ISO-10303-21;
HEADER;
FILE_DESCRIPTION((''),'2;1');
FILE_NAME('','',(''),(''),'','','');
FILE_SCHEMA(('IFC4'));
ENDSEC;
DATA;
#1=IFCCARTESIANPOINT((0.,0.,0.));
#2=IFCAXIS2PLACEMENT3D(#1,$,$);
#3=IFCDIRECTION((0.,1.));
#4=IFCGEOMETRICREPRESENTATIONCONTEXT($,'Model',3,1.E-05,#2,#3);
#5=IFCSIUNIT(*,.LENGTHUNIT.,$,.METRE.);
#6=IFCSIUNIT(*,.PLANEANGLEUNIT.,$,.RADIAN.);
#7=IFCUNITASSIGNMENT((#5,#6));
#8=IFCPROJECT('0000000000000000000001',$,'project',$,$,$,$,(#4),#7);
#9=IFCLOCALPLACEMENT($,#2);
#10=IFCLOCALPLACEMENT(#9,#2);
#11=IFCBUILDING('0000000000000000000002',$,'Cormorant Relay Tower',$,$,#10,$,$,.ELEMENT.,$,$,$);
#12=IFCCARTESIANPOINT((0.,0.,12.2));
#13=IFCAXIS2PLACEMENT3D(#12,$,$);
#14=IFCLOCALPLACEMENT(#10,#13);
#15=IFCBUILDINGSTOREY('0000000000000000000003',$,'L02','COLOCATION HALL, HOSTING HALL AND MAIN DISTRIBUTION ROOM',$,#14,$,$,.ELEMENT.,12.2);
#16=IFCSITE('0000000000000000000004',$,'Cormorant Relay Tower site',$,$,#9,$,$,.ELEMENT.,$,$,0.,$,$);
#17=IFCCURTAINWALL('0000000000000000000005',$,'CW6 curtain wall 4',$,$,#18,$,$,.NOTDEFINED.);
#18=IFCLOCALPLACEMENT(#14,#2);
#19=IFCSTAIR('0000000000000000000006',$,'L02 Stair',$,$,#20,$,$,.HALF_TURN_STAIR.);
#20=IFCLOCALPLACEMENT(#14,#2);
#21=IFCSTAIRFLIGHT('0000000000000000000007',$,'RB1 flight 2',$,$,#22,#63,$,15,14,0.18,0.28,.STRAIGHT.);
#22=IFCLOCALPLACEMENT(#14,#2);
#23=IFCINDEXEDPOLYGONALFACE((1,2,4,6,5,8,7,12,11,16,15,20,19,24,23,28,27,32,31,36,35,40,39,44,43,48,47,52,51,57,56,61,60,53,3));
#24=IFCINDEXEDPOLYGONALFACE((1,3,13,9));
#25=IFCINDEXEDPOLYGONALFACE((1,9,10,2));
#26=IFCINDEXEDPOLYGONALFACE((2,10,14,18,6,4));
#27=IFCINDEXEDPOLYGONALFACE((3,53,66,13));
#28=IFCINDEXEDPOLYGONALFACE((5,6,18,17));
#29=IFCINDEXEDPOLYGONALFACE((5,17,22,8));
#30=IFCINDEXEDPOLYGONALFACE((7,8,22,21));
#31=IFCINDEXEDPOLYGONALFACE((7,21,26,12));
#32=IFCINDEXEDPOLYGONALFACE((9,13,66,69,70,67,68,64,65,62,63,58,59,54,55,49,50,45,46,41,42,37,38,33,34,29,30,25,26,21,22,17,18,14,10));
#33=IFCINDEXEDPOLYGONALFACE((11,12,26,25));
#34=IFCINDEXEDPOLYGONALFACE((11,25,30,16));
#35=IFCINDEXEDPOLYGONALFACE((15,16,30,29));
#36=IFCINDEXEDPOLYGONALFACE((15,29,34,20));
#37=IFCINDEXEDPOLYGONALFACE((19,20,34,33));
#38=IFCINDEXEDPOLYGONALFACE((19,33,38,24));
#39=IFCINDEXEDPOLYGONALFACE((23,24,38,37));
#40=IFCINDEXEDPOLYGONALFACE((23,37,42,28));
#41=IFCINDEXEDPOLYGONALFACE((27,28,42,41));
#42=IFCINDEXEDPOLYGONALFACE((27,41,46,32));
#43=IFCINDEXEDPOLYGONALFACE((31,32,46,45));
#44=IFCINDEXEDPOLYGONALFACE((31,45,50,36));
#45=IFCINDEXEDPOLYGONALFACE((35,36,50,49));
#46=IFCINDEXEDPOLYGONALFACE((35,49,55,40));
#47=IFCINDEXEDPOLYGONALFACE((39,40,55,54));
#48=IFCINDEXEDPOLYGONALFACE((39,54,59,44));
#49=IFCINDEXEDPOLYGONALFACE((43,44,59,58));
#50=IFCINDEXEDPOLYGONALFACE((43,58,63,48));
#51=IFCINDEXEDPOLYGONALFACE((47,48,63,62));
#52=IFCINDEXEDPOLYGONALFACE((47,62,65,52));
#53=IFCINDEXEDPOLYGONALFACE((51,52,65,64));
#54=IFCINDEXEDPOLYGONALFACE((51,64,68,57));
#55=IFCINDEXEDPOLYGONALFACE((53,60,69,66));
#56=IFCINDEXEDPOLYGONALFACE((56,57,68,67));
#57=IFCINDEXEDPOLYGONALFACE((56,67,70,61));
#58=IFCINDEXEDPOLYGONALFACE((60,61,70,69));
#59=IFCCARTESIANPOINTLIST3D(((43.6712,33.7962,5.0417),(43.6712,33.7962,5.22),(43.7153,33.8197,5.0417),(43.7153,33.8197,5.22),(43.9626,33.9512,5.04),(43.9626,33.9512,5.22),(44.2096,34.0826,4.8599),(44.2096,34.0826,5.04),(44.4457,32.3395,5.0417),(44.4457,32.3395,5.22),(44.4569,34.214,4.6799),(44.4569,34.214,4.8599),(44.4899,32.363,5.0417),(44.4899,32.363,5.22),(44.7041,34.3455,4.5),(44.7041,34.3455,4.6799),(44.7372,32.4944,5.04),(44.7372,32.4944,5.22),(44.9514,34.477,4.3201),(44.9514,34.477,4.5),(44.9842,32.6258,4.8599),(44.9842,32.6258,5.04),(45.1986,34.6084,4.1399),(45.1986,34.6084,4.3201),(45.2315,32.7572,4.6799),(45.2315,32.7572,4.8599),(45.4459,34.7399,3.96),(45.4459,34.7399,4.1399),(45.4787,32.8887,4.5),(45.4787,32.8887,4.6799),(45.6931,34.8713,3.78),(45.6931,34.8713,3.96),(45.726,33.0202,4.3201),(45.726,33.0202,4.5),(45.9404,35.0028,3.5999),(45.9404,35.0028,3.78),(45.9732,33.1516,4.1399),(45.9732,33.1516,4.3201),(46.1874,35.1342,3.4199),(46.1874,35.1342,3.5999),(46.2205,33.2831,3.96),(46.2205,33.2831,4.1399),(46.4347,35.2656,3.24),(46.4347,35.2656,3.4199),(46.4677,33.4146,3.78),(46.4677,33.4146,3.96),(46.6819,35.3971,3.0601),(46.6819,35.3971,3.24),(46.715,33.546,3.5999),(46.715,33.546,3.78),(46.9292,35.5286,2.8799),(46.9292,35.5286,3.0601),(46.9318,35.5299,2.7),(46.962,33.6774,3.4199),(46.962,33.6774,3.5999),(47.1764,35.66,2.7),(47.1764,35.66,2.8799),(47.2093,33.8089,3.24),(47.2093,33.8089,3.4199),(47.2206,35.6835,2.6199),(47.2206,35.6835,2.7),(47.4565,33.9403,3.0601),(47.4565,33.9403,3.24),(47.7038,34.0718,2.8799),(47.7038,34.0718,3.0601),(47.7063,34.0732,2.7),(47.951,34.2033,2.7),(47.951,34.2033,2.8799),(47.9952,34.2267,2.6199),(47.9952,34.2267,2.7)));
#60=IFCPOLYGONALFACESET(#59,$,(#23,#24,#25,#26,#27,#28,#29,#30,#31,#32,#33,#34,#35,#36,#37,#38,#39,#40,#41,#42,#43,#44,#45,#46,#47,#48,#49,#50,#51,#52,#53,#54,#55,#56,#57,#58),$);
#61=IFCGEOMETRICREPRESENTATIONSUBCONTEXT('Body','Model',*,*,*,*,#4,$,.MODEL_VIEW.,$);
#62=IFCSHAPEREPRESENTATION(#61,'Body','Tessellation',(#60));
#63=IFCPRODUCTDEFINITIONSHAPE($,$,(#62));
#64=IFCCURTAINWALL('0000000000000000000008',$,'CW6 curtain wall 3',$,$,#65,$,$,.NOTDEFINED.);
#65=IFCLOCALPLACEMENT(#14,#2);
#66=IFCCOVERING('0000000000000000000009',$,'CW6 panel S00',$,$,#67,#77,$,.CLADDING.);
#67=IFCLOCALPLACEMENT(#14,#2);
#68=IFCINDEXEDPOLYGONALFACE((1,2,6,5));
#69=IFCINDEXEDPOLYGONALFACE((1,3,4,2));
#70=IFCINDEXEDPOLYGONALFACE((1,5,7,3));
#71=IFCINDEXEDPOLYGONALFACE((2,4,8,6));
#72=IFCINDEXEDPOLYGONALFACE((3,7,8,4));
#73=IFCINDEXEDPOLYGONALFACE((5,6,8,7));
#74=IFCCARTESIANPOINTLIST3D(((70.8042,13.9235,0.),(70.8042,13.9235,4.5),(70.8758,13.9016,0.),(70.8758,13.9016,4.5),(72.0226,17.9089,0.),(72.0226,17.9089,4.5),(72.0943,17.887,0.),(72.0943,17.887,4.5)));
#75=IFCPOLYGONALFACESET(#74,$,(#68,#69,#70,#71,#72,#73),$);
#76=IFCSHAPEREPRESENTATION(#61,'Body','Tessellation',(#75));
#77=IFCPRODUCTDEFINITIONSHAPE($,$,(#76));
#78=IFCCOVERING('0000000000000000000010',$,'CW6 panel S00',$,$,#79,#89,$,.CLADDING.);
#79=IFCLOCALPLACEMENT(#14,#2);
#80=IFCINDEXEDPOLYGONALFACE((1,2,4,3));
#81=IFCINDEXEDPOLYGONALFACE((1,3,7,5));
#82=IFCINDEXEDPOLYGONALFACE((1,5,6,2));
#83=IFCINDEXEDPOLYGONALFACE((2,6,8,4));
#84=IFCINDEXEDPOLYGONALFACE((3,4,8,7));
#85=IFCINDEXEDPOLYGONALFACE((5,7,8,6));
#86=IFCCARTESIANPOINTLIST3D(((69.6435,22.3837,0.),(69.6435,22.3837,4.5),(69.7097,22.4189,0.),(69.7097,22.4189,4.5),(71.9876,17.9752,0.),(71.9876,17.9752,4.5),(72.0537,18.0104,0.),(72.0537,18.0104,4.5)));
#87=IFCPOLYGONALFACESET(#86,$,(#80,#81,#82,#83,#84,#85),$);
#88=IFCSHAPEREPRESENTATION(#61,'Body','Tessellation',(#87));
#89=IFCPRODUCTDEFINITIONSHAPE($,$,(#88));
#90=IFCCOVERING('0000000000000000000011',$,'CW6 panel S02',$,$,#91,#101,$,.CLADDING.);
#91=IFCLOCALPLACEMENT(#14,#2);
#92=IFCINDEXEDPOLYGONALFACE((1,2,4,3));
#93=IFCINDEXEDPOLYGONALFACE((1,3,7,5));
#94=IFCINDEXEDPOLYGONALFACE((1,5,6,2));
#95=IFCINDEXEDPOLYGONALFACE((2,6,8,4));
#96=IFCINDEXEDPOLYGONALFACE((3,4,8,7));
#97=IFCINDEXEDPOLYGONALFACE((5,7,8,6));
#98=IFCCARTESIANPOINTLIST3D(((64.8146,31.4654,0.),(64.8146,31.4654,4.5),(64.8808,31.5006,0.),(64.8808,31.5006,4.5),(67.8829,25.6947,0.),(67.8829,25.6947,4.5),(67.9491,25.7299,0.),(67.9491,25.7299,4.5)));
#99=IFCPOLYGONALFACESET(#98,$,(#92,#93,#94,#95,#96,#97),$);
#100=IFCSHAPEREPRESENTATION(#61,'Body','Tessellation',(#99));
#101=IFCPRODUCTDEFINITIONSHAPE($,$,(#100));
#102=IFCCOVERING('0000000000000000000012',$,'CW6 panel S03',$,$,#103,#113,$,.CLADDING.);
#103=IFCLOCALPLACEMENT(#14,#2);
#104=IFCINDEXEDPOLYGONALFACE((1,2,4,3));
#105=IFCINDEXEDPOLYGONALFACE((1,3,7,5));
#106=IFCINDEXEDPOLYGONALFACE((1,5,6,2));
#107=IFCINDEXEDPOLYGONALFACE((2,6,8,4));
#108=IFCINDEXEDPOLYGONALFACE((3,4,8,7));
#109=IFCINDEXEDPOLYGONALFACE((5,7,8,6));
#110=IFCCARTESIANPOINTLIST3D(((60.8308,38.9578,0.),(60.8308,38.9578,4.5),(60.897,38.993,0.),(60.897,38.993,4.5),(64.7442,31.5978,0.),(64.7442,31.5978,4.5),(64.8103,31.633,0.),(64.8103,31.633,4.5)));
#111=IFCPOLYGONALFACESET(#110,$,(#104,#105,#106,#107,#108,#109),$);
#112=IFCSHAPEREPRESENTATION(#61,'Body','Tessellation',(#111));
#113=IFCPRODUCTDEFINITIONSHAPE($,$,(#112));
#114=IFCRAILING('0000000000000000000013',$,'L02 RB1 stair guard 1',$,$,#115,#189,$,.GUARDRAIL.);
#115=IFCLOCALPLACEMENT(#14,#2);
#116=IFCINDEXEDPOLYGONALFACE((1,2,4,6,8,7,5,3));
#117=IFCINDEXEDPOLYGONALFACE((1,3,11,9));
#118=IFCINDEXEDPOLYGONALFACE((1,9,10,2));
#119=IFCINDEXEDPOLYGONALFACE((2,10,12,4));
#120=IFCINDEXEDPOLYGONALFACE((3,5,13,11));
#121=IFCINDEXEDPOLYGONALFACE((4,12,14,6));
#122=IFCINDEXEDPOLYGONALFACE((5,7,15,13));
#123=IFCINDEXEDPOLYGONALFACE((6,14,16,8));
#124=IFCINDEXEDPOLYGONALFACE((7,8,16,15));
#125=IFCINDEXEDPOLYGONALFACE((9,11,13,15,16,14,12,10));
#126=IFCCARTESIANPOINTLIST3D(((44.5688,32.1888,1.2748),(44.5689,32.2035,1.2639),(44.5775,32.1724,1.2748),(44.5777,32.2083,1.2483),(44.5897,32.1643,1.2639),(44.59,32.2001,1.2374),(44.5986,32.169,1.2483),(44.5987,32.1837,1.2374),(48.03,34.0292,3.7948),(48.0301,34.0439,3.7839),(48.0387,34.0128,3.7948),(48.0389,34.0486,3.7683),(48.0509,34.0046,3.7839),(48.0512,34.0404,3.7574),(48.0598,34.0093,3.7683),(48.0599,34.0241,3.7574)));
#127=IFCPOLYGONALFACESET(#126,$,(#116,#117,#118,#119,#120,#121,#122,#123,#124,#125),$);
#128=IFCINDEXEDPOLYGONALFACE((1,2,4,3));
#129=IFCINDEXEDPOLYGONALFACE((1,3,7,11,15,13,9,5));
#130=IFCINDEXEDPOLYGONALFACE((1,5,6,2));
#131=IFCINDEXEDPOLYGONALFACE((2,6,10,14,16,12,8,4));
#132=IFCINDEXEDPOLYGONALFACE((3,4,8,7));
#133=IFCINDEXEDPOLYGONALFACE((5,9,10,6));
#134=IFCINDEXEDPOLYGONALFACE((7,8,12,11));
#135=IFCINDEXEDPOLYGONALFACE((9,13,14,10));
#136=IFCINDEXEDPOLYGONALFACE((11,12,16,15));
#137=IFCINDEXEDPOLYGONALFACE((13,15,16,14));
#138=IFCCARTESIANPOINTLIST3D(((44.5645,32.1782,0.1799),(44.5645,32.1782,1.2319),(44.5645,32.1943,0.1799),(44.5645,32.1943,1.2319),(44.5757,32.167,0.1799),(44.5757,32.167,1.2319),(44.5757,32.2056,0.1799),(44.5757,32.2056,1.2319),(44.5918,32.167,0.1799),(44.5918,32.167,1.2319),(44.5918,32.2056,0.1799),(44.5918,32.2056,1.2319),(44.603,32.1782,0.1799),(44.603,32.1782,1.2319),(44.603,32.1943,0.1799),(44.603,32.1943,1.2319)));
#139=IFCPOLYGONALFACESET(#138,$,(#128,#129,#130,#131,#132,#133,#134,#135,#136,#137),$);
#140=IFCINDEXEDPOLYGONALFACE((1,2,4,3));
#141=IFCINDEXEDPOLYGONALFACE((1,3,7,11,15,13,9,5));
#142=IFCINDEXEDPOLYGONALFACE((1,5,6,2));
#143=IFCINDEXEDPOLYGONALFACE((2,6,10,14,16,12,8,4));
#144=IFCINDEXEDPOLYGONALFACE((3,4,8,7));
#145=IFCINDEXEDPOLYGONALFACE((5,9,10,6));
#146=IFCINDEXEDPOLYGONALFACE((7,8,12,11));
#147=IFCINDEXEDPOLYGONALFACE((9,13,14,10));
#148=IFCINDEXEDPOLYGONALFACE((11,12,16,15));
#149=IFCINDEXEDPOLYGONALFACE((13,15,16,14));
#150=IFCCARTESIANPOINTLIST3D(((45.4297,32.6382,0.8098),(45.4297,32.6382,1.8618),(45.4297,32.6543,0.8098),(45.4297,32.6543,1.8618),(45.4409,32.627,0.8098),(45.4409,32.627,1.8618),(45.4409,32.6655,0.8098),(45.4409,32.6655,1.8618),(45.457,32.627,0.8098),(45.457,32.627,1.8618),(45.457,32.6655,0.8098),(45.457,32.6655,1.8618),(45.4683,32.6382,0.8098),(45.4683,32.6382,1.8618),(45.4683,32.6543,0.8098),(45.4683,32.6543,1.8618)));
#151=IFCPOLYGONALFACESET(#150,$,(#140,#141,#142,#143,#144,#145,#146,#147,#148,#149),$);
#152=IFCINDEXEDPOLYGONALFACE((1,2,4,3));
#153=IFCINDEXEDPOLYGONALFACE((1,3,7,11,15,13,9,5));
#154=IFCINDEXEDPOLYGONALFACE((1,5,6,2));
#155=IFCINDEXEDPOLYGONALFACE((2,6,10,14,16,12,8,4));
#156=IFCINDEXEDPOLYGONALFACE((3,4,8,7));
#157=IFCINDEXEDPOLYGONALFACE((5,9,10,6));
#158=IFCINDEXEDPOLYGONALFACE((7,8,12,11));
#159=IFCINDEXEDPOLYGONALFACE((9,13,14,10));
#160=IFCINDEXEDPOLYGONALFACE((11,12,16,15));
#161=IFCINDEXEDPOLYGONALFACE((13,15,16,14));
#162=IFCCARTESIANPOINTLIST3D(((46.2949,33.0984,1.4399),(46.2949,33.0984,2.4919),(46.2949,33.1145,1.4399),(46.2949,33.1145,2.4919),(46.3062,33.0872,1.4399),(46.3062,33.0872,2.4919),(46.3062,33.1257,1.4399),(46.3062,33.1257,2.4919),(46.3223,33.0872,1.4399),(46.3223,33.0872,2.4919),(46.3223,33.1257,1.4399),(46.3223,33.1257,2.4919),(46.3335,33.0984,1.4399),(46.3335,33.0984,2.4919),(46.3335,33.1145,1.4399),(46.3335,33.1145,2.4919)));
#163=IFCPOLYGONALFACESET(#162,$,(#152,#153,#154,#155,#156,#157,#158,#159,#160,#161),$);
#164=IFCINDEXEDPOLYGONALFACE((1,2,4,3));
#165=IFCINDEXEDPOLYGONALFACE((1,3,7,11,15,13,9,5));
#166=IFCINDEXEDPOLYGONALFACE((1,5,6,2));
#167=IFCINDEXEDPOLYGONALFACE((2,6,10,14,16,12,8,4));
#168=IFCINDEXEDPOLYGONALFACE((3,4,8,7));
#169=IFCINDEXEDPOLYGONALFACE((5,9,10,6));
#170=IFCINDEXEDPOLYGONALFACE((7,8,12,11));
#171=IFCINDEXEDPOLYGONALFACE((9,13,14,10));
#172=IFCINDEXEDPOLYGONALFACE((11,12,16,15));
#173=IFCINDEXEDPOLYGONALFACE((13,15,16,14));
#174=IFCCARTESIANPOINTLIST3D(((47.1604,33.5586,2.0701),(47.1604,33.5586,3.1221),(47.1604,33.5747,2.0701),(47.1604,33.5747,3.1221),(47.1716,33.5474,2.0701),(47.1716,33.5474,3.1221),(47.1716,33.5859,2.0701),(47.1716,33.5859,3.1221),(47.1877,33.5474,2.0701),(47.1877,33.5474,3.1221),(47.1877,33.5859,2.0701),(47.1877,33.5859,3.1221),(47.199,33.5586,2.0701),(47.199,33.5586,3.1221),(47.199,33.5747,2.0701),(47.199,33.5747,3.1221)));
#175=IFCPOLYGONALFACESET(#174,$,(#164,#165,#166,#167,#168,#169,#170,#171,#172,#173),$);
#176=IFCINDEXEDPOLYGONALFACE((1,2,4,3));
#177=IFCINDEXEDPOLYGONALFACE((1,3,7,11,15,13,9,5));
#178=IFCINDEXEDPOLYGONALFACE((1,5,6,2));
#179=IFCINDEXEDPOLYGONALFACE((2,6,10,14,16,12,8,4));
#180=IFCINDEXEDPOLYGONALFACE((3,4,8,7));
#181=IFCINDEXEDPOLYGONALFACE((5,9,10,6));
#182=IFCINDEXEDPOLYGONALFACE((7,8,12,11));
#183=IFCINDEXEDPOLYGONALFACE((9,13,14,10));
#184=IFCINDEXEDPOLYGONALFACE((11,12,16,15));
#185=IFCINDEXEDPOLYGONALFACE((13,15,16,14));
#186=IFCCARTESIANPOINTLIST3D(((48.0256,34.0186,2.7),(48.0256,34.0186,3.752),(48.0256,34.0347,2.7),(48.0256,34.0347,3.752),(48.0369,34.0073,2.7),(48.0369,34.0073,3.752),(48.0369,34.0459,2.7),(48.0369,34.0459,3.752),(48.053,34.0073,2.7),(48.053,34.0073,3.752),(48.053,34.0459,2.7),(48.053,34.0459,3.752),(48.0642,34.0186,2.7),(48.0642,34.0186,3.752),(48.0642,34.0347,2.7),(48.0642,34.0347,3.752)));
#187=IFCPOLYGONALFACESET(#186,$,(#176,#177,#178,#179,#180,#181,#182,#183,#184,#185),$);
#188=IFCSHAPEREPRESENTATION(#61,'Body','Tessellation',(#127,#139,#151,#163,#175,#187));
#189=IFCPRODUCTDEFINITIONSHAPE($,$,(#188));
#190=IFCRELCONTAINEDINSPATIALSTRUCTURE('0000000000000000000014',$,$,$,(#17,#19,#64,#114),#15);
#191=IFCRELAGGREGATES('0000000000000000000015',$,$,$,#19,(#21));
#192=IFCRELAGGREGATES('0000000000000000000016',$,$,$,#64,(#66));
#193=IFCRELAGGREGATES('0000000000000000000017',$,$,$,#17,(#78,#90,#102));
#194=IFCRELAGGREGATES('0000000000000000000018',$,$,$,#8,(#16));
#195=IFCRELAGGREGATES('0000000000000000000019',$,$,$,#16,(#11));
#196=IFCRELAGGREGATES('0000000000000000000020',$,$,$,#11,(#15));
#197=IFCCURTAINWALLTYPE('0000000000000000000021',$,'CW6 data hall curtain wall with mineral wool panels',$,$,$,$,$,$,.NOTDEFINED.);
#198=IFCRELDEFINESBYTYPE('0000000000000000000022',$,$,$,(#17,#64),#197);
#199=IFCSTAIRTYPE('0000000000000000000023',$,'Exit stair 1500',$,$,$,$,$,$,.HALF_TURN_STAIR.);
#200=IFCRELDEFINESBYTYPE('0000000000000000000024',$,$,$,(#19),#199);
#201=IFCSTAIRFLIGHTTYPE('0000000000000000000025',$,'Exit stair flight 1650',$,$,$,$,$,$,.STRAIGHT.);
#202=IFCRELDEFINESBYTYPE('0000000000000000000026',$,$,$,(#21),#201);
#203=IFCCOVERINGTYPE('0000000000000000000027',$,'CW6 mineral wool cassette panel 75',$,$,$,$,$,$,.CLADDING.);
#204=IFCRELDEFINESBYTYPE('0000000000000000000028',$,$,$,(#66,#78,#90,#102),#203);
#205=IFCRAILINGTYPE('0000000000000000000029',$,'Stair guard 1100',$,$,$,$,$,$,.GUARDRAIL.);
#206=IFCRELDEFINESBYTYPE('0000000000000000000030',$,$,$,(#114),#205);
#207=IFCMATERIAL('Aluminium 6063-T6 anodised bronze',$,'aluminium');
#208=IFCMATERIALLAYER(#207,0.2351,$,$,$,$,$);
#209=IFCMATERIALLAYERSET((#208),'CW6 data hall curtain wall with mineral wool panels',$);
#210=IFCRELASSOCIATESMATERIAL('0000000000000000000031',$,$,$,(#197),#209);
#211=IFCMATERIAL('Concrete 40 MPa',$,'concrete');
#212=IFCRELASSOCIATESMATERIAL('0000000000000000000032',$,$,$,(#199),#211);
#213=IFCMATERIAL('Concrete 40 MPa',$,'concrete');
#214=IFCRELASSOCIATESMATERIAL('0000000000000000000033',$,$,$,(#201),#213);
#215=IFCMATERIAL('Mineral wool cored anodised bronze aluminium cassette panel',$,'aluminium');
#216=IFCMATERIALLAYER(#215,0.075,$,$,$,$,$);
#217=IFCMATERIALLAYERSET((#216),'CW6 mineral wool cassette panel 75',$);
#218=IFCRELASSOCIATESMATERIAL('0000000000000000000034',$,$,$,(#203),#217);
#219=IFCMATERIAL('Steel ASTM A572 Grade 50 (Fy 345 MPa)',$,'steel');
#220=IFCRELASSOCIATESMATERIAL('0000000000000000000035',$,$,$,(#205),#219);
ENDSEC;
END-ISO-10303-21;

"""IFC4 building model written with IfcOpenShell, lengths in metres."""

from ifc_helpers import new_model, si_unit, direction, frame, origin, origin_2d, place, context, subcontext, project, spatial, polyline, rectangle, outline, extrude, material, layer, layer_set, type_object, element, aggregate, save


model = new_model("IFC4")

# Units and contexts
model_context = context("Model", 3, precision=1e-05, world=origin(), true_north=direction((0.0, 1.0)))
body_context = subcontext(model_context, "Body", "Model", "MODEL_VIEW")
ifc_project = project(units=[si_unit("LENGTHUNIT", "METRE"), si_unit("PLANEANGLEUNIT", "RADIAN")], contexts=[model_context])

# Site, building, storey
site_placement = place(None, origin())
site = spatial("IfcSite", under=ifc_project, at=site_placement, Name="Cormorant Relay Tower site", CompositionType="ELEMENT", RefElevation=0.0)
building_placement = place(site_placement, origin())
building = spatial("IfcBuilding", under=site, at=building_placement, Name="Cormorant Relay Tower", CompositionType="ELEMENT")
storey_placement = place(building_placement, frame((0.0, 0.0, 12.2)))
storey = spatial("IfcBuildingStorey", under=building, at=storey_placement, Name="L02", Description="COLOCATION HALL, HOSTING HALL AND MAIN DISTRIBUTION ROOM", CompositionType="ELEMENT", Elevation=12.2)

# Curtain wall
ifc_material_1 = material(Name="Aluminium 6063-T6 anodised bronze", Category="aluminium")
ifc_layer_1 = layer(ifc_material_1, 0.2351)
ifc_layer_set_1 = layer_set([ifc_layer_1], Name="CW6 data hall curtain wall with mineral wool panels")
curtain_wall_type = type_object("IfcCurtainWallType", Name="CW6 data hall curtain wall with mineral wool panels", PredefinedType="NOTDEFINED", material=ifc_layer_set_1)
curtain_wall_1_placement = place(storey_placement, origin())
curtain_wall_1 = element("IfcCurtainWall", 1, at=curtain_wall_1_placement, inside=storey, type_object=curtain_wall_type, Name="CW6 curtain wall 4", PredefinedType="NOTDEFINED")

# Stair, stair flight
ifc_material_2 = material(Name="Concrete 40 MPa", Category="concrete")
stair_type = type_object("IfcStairType", Name="Exit stair 1500", PredefinedType="HALF_TURN_STAIR", material=ifc_material_2)
stair_placement = place(storey_placement, origin())
stair = element("IfcStair", 2, at=stair_placement, inside=storey, type_object=stair_type, Name="L02 Stair", PredefinedType="HALF_TURN_STAIR")
ifc_material_3 = material(Name="Concrete 40 MPa", Category="concrete")
stair_flight_type = type_object("IfcStairFlightType", Name="Exit stair flight 1650", PredefinedType="STRAIGHT", material=ifc_material_3)
stair_flight_1_placement = place(storey_placement, frame((47.5637, 34.9316, 2.7), z_axis=(0.0, 0.0, 1.0), x_axis=(-0.882948, -0.469472, 0.0)))
stair_flight_1 = element("IfcStairFlight", 3, at=stair_flight_1_placement, type_object=stair_flight_type, Name="RB1 flight 2", NumberOfRisers=15, NumberOfTreads=14, PredefinedType="STRAIGHT", RiserHeight=0.18, TreadLength=0.28, context=body_context, shape_type="SweptSolid", body=[
    extrude(outline(polyline([(-0.05, -0.0801), (-0.05, 0.0), (0.0, 0.0), (0.0, 0.1799), (0.28, 0.1799), (0.28, 0.3601), (0.5601, 0.3601), (0.5601, 0.54), (0.8401, 0.54), (0.8401, 0.72), (1.1201, 0.72), (1.1201, 0.8999), (1.3999, 0.8999), (1.3999, 1.0801), (1.6799, 1.0801), (1.6799, 1.26), (1.96, 1.26), (1.96, 1.4399), (2.24, 1.4399), (2.24, 1.6201), (2.52, 1.6201), (2.52, 1.8), (2.8, 1.8), (2.8, 1.98), (3.0801, 1.98), (3.0801, 2.1599), (3.3601, 2.1599), (3.3601, 2.3401), (3.6399, 2.3401), (3.6399, 2.52), (3.9199, 2.52), (3.97, 2.52), (3.97, 2.3418), (3.9199, 2.3418), (0.2771, 0.0), (-0.05, -0.0801)])), frame((0.0, 0.825, 0.0), z_axis=(0.0, -1.0, 0.0), x_axis=(1.0, 0.0, 0.0)), (0.0, 0.0, 1.0), 1.6499),
])
aggregate(stair, [stair_flight_1])

# Curtain wall, covering
curtain_wall_2_placement = place(storey_placement, origin())
curtain_wall_2 = element("IfcCurtainWall", 4, at=curtain_wall_2_placement, inside=storey, type_object=curtain_wall_type, Name="CW6 curtain wall 3", PredefinedType="NOTDEFINED")
ifc_material_4 = material(Name="Mineral wool cored anodised bronze aluminium cassette panel", Category="aluminium")
ifc_layer_2 = layer(ifc_material_4, 0.075)
ifc_layer_set_2 = layer_set([ifc_layer_2], Name="CW6 mineral wool cassette panel 75")
covering_type = type_object("IfcCoveringType", Name="CW6 mineral wool cassette panel 75", PredefinedType="CLADDING", material=ifc_layer_set_2)
covering_1_placement = place(storey_placement, frame((71.4492, 15.9053, 0.0), z_axis=(0.0, 0.0, 1.0), x_axis=(0.292372, 0.956305, 0.0)))
covering_1 = element("IfcCovering", 5, at=covering_1_placement, type_object=covering_type, Name="CW6 panel S00", PredefinedType="CLADDING", context=body_context, shape_type="SweptSolid", body=[
    extrude(rectangle(XDim=4.1675, YDim=0.075, at=origin_2d()), origin(), (0.0, 0.0, 1.0), 4.5),
])
aggregate(curtain_wall_2, [covering_1])

# Coverings
covering_2_placement = place(storey_placement, frame((70.8486, 20.197, 0.0), z_axis=(0.0, 0.0, 1.0), x_axis=(-0.469472, 0.882948, 0.0)))
covering_2 = element("IfcCovering", 6, at=covering_2_placement, type_object=covering_type, Name="CW6 panel S00", PredefinedType="CLADDING", context=body_context, shape_type="SweptSolid", body=[
    extrude(rectangle(XDim=4.9929, YDim=0.075, at=origin_2d()), origin(), (0.0, 0.0, 1.0), 4.5),
])
covering_3_placement = place(storey_placement, frame((66.3818, 28.5977, 0.0), z_axis=(0.0, 0.0, 1.0), x_axis=(-0.469472, 0.882948, 0.0)))
covering_3 = element("IfcCovering", 7, at=covering_3_placement, type_object=covering_type, Name="CW6 panel S02", PredefinedType="CLADDING", context=body_context, shape_type="SweptSolid", body=[
    extrude(rectangle(XDim=6.5356, YDim=0.075, at=origin_2d()), origin(), (0.0, 0.0, 1.0), 4.5),
])
covering_4_placement = place(storey_placement, frame((62.8206, 35.2954, 0.0), z_axis=(0.0, 0.0, 1.0), x_axis=(-0.469472, 0.882948, 0.0)))
covering_4 = element("IfcCovering", 8, at=covering_4_placement, type_object=covering_type, Name="CW6 panel S03", PredefinedType="CLADDING", context=body_context, shape_type="SweptSolid", body=[
    extrude(rectangle(XDim=8.3357, YDim=0.075, at=origin_2d()), origin(), (0.0, 0.0, 1.0), 4.5),
])
aggregate(curtain_wall_1, [covering_2, covering_3, covering_4])

# Railing
ifc_material_5 = material(Name="Steel ASTM A572 Grade 50 (Fy 345 MPa)", Category="steel")
railing_type_1 = type_object("IfcRailingType", Name="Stair guard 1100", PredefinedType="GUARDRAIL", material=ifc_material_5)
railing_1_placement = place(storey_placement, frame((44.5837, 32.1863, 0.1799)))
element("IfcRailing", 9, at=railing_1_placement, inside=storey, type_object=railing_type_1, Name="L02 RB1 stair guard 1", PredefinedType="GUARDRAIL", context=body_context, shape_type="SweptSolid", body=[
    extrude(outline(polyline([(0.0222, 0.0093), (0.0093, 0.0222), (-0.0093, 0.0222), (-0.0222, 0.0093), (-0.0222, -0.0093), (-0.0093, -0.0222), (0.0093, -0.0222), (0.0222, -0.0093), (0.0222, 0.0093)])), frame((0.0, 0.0, 1.0762), z_axis=(0.742717, 0.394907, 0.540758), x_axis=(-0.469469, 0.882949, 0.0)), (0.0, 0.0, 1.0), 4.6602),
    extrude(outline(polyline([(0.0193, 0.0081), (0.0081, 0.0193), (-0.0081, 0.0193), (-0.0193, 0.0081), (-0.0193, -0.0081), (-0.0081, -0.0193), (0.0081, -0.0193), (0.0193, -0.0081), (0.0193, 0.0081)])), origin(), (0.0, 0.0, 1.0), 1.052),
    extrude(outline(polyline([(0.0193, 0.0081), (0.0081, 0.0193), (-0.0081, 0.0193), (-0.0193, 0.0081), (-0.0193, -0.0081), (-0.0081, -0.0193), (0.0081, -0.0193), (0.0193, -0.0081), (0.0193, 0.0081)])), frame((0.8652, 0.46, 0.6299)), (0.0, 0.0, 1.0), 1.052),
    extrude(outline(polyline([(0.0193, 0.0081), (0.0081, 0.0193), (-0.0081, 0.0193), (-0.0193, 0.0081), (-0.0193, -0.0081), (-0.0081, -0.0193), (0.0081, -0.0193), (0.0193, -0.0081), (0.0193, 0.0081)])), frame((1.7305, 0.9202, 1.26)), (0.0, 0.0, 1.0), 1.052),
    extrude(outline(polyline([(0.0193, 0.0081), (0.0081, 0.0193), (-0.0081, 0.0193), (-0.0193, 0.0081), (-0.0193, -0.0081), (-0.0081, -0.0193), (0.0081, -0.0193), (0.0193, -0.0081), (0.0193, 0.0081)])), frame((2.5959, 1.3804, 1.8901)), (0.0, 0.0, 1.0), 1.052),
    extrude(outline(polyline([(0.0193, 0.0081), (0.0081, 0.0193), (-0.0081, 0.0193), (-0.0193, 0.0081), (-0.0193, -0.0081), (-0.0081, -0.0193), (0.0081, -0.0193), (0.0193, -0.0081), (0.0193, 0.0081)])), frame((3.4612, 1.8403, 2.52)), (0.0, 0.0, 1.0), 1.052),
])

save(model, "model.ifc")
